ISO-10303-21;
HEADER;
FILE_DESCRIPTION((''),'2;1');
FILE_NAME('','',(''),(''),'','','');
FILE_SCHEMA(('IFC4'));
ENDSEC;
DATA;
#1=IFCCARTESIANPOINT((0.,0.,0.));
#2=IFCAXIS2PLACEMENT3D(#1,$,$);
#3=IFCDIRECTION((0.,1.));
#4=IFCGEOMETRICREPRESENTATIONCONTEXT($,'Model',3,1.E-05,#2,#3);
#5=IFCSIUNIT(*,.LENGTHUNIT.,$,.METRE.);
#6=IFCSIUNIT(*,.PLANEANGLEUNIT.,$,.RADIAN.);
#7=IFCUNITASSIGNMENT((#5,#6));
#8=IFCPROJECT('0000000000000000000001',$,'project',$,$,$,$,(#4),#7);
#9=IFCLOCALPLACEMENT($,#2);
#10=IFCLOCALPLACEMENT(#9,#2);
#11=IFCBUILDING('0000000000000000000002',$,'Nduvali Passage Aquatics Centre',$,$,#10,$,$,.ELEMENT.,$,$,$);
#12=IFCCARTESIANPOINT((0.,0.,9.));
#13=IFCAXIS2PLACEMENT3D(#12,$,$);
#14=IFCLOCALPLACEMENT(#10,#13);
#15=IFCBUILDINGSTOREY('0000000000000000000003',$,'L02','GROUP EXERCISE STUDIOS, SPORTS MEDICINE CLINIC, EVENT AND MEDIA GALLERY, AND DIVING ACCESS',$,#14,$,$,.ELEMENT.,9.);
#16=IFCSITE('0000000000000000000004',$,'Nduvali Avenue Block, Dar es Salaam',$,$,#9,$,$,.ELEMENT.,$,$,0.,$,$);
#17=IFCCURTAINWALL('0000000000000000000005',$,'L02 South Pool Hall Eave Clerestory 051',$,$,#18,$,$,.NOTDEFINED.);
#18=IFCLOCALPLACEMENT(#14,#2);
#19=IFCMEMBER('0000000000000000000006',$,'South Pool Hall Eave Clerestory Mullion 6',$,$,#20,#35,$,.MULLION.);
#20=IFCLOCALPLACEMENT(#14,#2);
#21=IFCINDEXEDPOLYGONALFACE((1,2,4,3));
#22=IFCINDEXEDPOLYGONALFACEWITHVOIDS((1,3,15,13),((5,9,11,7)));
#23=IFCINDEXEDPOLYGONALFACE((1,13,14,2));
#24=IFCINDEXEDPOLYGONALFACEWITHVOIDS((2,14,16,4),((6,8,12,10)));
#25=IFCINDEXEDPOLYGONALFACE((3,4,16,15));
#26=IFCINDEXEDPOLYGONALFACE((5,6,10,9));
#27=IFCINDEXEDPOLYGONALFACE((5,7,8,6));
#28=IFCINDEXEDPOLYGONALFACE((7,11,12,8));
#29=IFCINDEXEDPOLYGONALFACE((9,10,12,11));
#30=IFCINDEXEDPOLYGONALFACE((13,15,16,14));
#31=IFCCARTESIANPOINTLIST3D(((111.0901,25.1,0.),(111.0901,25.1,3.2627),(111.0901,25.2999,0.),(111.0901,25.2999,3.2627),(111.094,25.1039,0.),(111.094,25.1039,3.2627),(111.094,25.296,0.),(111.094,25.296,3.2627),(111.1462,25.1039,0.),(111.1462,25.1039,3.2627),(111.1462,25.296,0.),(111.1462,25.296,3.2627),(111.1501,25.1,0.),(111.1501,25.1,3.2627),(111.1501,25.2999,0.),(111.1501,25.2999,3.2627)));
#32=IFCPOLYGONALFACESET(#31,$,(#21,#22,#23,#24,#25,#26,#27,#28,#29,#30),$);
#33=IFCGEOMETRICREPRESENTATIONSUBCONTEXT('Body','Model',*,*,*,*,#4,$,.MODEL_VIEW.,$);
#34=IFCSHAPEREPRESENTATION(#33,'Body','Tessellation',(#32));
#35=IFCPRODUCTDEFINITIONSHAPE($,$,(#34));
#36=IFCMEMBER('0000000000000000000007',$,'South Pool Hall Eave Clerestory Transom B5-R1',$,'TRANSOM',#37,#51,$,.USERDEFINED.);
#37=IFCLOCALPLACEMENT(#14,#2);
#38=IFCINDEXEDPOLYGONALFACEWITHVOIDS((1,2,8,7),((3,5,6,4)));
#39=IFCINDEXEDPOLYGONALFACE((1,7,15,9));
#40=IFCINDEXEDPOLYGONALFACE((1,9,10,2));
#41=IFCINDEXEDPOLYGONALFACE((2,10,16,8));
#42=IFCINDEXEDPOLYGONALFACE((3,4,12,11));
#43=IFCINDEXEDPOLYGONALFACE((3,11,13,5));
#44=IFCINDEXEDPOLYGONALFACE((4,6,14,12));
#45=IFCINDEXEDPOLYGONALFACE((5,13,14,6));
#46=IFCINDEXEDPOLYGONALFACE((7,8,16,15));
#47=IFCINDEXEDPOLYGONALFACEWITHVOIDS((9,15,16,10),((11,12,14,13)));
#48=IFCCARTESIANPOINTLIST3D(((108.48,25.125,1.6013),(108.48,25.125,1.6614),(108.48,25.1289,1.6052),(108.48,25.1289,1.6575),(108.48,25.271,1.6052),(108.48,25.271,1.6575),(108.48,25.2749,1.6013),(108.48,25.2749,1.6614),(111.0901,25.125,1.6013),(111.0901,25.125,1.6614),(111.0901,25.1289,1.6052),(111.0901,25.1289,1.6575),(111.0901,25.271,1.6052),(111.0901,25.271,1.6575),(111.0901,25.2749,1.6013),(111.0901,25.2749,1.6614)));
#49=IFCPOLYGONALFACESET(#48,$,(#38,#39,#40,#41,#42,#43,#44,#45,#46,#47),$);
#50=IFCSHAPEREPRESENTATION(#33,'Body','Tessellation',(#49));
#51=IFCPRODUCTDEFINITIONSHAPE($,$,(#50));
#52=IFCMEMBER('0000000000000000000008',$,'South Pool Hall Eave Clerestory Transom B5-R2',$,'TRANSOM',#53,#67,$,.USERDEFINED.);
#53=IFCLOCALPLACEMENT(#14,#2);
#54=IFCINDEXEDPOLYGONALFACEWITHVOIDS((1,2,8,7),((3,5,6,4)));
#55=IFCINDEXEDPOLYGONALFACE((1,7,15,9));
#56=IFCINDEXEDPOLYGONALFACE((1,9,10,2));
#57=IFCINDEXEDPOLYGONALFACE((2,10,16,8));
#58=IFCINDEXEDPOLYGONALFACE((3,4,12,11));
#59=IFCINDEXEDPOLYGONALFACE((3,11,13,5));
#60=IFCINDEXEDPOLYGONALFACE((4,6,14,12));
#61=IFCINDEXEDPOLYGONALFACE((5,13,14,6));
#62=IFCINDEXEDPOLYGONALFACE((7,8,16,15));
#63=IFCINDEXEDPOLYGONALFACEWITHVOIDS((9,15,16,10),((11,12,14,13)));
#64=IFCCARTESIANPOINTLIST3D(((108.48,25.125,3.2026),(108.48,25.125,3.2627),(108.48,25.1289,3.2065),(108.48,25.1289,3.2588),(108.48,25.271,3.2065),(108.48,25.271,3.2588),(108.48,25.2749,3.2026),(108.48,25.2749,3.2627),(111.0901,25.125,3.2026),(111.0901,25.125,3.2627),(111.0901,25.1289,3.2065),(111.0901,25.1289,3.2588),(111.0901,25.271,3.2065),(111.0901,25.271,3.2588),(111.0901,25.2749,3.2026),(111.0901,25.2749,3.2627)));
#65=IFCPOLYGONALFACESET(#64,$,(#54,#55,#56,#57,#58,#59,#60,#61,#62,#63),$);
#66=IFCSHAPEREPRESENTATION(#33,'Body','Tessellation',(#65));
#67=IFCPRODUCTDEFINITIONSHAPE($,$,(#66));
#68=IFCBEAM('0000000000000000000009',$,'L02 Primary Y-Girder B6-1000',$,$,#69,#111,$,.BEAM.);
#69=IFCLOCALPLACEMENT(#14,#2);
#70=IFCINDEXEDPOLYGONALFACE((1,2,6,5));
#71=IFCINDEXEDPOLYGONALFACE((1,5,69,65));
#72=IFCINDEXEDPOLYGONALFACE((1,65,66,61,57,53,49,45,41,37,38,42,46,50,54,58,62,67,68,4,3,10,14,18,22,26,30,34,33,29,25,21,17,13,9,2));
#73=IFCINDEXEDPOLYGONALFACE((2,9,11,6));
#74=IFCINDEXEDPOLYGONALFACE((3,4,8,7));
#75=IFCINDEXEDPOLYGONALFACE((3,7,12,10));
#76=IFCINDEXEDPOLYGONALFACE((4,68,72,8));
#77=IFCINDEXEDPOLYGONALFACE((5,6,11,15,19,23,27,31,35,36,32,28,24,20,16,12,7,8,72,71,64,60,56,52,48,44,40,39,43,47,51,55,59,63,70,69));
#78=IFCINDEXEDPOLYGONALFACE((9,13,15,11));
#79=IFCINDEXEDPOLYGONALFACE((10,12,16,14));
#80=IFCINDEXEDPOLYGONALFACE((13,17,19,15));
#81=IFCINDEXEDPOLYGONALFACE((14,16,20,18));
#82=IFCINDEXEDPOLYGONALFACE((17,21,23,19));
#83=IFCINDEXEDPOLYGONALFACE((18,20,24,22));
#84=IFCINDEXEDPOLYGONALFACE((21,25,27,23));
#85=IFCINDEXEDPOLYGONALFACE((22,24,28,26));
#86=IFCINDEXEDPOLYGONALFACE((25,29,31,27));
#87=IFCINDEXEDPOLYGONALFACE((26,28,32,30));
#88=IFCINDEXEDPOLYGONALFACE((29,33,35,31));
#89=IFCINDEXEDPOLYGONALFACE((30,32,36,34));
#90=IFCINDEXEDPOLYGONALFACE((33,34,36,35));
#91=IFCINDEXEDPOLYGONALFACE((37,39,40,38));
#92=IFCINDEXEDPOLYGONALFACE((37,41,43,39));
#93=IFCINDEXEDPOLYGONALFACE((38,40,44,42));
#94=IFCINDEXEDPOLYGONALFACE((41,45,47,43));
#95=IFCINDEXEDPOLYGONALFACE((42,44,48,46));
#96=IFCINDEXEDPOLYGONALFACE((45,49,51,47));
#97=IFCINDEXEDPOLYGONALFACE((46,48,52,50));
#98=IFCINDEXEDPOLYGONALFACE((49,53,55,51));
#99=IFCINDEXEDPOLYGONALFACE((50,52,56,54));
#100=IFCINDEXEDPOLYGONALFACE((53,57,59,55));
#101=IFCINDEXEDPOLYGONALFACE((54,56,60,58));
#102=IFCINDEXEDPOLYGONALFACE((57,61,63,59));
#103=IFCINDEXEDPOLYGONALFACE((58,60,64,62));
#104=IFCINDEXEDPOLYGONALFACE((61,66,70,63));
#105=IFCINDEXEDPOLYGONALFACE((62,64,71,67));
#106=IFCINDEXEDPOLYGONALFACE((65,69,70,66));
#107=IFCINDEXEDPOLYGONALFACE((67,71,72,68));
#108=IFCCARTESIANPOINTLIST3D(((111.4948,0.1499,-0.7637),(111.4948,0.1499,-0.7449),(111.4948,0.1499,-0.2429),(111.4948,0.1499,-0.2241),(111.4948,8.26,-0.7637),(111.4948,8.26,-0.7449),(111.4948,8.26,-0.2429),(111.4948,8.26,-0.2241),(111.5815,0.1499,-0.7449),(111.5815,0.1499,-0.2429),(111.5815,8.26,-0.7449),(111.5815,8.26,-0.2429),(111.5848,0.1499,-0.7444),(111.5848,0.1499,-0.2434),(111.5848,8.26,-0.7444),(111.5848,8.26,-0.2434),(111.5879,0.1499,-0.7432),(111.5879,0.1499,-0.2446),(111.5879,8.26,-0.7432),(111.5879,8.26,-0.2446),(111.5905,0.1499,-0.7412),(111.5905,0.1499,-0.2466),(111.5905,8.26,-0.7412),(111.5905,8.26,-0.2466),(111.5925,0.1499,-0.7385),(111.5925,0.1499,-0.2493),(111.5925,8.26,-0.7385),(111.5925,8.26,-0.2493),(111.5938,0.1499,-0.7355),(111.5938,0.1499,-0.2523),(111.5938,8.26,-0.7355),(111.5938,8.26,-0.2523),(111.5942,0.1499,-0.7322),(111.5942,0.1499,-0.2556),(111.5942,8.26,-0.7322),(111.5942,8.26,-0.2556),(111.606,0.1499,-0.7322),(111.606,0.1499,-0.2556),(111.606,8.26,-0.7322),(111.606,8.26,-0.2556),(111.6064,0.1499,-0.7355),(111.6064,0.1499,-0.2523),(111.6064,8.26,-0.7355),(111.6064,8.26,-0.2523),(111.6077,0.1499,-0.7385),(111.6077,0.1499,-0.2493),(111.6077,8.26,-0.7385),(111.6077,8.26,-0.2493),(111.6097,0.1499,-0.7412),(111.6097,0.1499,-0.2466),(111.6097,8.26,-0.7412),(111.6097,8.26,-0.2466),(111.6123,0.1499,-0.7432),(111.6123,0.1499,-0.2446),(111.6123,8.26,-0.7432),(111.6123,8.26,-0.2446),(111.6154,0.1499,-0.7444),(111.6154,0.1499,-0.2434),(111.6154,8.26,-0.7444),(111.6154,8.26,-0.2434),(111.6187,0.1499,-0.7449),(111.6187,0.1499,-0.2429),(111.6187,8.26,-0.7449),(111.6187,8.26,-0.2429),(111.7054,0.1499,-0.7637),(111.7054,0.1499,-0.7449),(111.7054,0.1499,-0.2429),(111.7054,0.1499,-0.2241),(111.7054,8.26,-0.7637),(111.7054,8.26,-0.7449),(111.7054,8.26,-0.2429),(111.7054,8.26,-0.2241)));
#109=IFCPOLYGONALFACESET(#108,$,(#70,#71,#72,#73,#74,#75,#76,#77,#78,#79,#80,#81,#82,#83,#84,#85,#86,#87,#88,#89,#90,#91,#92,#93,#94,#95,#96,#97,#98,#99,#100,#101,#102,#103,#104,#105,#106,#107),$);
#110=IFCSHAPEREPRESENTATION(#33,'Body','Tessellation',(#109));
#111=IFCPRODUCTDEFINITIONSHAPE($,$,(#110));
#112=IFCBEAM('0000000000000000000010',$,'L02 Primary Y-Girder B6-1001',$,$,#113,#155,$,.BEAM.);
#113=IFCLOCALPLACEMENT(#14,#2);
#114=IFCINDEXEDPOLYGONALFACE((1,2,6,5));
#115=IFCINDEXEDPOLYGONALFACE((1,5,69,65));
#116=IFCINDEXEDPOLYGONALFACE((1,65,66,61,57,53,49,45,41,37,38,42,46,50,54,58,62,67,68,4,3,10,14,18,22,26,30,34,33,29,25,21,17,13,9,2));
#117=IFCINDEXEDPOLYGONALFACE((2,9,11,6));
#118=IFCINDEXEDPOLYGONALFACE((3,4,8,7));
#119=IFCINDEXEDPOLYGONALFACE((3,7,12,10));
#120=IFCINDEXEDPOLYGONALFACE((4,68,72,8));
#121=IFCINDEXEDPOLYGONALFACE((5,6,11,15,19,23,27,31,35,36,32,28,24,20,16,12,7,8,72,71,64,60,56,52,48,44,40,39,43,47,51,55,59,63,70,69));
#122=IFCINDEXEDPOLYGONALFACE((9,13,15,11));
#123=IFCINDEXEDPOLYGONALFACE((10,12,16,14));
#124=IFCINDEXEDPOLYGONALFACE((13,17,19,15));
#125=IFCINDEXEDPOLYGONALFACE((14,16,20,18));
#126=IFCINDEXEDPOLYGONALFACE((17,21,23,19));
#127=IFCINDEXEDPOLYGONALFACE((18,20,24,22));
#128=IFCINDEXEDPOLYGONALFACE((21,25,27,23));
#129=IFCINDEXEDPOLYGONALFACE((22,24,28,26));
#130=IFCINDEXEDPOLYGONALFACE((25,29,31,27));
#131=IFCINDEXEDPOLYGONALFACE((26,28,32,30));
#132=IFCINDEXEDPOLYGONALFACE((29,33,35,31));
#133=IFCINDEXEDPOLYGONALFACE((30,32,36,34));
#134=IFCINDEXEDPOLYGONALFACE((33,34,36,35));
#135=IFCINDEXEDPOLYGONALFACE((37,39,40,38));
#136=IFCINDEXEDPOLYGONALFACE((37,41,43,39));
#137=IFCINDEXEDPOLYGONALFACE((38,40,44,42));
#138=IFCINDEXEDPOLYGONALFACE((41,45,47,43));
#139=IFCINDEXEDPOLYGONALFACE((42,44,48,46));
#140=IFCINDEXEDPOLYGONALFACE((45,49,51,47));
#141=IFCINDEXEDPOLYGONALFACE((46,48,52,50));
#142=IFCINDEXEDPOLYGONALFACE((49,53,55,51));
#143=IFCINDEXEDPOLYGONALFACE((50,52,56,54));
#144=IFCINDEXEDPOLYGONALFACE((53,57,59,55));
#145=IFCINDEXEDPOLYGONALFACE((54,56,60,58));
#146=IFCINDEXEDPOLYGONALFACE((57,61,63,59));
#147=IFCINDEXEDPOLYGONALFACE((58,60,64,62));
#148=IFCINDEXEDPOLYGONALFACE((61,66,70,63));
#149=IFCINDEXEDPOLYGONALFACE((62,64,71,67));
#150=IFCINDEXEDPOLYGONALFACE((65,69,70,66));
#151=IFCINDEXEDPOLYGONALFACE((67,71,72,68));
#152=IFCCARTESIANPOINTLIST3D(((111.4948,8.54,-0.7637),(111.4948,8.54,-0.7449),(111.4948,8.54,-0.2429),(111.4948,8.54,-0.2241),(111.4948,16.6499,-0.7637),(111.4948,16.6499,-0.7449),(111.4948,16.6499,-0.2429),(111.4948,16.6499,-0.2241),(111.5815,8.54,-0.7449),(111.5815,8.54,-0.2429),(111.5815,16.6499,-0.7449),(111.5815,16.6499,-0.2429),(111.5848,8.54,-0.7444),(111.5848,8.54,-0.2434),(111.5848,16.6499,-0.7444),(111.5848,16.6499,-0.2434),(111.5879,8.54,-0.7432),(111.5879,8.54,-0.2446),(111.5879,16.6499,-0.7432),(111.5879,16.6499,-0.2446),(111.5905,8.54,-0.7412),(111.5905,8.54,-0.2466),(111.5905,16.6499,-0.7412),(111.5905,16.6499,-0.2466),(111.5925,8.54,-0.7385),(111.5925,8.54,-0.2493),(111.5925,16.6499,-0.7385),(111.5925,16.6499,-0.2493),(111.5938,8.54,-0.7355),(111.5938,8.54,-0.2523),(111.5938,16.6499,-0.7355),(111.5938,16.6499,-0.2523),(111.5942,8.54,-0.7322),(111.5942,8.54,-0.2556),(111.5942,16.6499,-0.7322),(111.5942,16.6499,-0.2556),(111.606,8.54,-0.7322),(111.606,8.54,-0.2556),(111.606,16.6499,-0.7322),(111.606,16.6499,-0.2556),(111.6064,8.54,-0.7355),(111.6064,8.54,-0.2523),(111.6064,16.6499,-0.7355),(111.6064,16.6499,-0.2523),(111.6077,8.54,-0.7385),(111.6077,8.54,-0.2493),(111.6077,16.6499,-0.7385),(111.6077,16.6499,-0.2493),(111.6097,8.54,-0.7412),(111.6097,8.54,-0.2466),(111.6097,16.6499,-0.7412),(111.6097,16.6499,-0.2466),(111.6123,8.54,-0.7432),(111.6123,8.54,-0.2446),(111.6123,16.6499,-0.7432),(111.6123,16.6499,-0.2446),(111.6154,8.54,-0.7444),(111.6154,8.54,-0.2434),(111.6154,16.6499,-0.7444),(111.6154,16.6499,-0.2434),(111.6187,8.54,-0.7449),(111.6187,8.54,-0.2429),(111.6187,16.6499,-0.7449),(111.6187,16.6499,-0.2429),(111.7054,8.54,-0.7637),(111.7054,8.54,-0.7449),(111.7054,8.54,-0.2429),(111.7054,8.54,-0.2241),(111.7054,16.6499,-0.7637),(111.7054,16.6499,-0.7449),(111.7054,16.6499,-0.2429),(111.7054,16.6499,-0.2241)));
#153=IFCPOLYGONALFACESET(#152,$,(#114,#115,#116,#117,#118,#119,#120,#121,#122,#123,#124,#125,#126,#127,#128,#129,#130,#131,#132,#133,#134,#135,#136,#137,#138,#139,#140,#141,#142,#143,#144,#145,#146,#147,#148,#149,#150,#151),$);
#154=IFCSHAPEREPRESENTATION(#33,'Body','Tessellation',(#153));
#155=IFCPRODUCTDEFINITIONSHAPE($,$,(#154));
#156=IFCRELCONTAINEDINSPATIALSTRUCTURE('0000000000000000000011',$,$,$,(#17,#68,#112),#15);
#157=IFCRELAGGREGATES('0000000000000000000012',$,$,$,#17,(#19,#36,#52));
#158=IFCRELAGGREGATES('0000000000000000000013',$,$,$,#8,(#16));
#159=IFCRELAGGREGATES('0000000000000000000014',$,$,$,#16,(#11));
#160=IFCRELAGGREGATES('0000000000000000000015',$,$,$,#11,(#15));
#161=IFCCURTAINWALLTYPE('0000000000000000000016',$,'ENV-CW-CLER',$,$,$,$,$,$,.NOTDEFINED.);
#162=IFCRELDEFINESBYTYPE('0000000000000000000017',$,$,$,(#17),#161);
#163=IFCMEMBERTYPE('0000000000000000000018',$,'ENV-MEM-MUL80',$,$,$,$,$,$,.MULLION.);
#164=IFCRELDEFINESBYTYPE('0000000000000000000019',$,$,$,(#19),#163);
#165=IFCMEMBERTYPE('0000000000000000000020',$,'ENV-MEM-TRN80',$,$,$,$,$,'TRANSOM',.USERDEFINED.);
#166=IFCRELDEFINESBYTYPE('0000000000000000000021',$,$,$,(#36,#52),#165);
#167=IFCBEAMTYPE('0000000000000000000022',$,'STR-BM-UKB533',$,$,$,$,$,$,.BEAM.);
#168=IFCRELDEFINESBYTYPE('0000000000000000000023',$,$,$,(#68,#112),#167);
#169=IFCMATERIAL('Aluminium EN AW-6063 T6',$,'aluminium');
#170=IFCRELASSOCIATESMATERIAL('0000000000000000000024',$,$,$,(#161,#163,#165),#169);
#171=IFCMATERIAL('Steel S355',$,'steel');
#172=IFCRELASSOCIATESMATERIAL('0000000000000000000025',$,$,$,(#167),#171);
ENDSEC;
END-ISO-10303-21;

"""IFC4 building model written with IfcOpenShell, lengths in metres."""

from ifc_helpers import new_model, si_unit, direction, frame, origin, origin_2d, place, context, subcontext, project, spatial, hollow_rectangle, i_section, extrude, material, material_profile, profile_set, type_object, element, aggregate, save


model = new_model("IFC4")

# Units and contexts
model_context = context("Model", 3, precision=1e-05, world=origin(), true_north=direction((0.0, 1.0)))
body_context = subcontext(model_context, "Body", "Model", "MODEL_VIEW")
ifc_project = project(units=[si_unit("LENGTHUNIT", "METRE"), si_unit("PLANEANGLEUNIT", "RADIAN")], contexts=[model_context])

# Site, building, storey
site_placement = place(None, origin())
site = spatial("IfcSite", under=ifc_project, at=site_placement, Name="Nduvali Avenue Block, Dar es Salaam", CompositionType="ELEMENT", RefElevation=0.0)
building_placement = place(site_placement, origin())
building = spatial("IfcBuilding", under=site, at=building_placement, Name="Nduvali Passage Aquatics Centre", CompositionType="ELEMENT")
storey_placement = place(building_placement, frame((0.0, 0.0, 9.0)))
storey = spatial("IfcBuildingStorey", under=building, at=storey_placement, Name="L02", Description="GROUP EXERCISE STUDIOS, SPORTS MEDICINE CLINIC, EVENT AND MEDIA GALLERY, AND DIVING ACCESS", CompositionType="ELEMENT", Elevation=9.0)

# Curtain wall, members
ifc_material_1 = material(Name="Aluminium EN AW-6063 T6", Category="aluminium")
curtain_wall_type = type_object("IfcCurtainWallType", Name="ENV-CW-CLER", PredefinedType="NOTDEFINED", material=ifc_material_1)
curtain_wall_placement = place(storey_placement, origin())
curtain_wall = element("IfcCurtainWall", 1, at=curtain_wall_placement, inside=storey, type_object=curtain_wall_type, Name="L02 South Pool Hall Eave Clerestory 051", PredefinedType="NOTDEFINED")
ifc_material_profile_1 = material_profile(ifc_material_1, hollow_rectangle(XDim=0.0601, YDim=0.2, WallThickness=0.0039, at=origin_2d()), Name="ALU MULLION 60x200x4")
ifc_profile_set_1 = profile_set([ifc_material_profile_1], Name="Aluminium EN AW-6063 T6")
member_type_1 = type_object("IfcMemberType", Name="ENV-MEM-MUL80", PredefinedType="MULLION", material=ifc_profile_set_1)
member_1_placement = place(storey_placement, frame((111.1201, 25.2, 0.0), z_axis=(0.0, 0.0, 1.0), x_axis=(1.0, 0.0, 0.0)))
member_1 = element("IfcMember", 2, at=member_1_placement, type_object=member_type_1, Name="South Pool Hall Eave Clerestory Mullion 6", PredefinedType="MULLION", context=body_context, shape_type="SweptSolid", body=[
    extrude(hollow_rectangle(XDim=0.0601, YDim=0.2, WallThickness=0.0039, at=origin_2d()), origin(), (0.0, 0.0, 1.0), 3.2627),
])
ifc_material_profile_2 = material_profile(ifc_material_1, hollow_rectangle(XDim=0.1499, YDim=0.0601, WallThickness=0.0039, at=origin_2d()), Name="ALU TRANSOM 150x60x4")
ifc_profile_set_2 = profile_set([ifc_material_profile_2], Name="Aluminium EN AW-6063 T6")
member_type_2 = type_object("IfcMemberType", Name="ENV-MEM-TRN80", ElementType="TRANSOM", PredefinedType="USERDEFINED", material=ifc_profile_set_2)
member_2_placement = place(storey_placement, frame((108.48, 25.2, 1.6313), z_axis=(1.0, 0.0, 0.0), x_axis=(0.0, 1.0, 0.0)))
member_2 = element("IfcMember", 3, at=member_2_placement, type_object=member_type_2, Name="South Pool Hall Eave Clerestory Transom B5-R1", ObjectType="TRANSOM", PredefinedType="USERDEFINED", context=body_context, shape_type="SweptSolid", body=[
    extrude(hollow_rectangle(XDim=0.1499, YDim=0.0601, WallThickness=0.0039, at=origin_2d()), origin(), (0.0, 0.0, 1.0), 2.6101),
])
member_3_placement = place(storey_placement, frame((108.48, 25.2, 3.2327), z_axis=(1.0, 0.0, 0.0), x_axis=(0.0, 1.0, 0.0)))
member_3 = element("IfcMember", 4, at=member_3_placement, type_object=member_type_2, Name="South Pool Hall Eave Clerestory Transom B5-R2", ObjectType="TRANSOM", PredefinedType="USERDEFINED", context=body_context, shape_type="SweptSolid", body=[
    extrude(hollow_rectangle(XDim=0.1499, YDim=0.0601, WallThickness=0.0039, at=origin_2d()), origin(), (0.0, 0.0, 1.0), 2.6101),
])

# Beams
ifc_material_2 = material(Name="Steel S355", Category="steel")
ifc_material_profile_3 = material_profile(ifc_material_2, i_section(OverallWidth=0.2107, OverallDepth=0.5396, WebThickness=0.0117, FlangeThickness=0.0188, FilletRadius=0.0127, at=origin_2d()), Name="UKB 533x210x109")
ifc_profile_set_3 = profile_set([ifc_material_profile_3], Name="Steel S355")
beam_type_1 = type_object("IfcBeamType", Name="STR-BM-UKB533", PredefinedType="BEAM", material=ifc_profile_set_3)
beam_1_placement = place(storey_placement, frame((111.6001, 0.1499, -0.4939), z_axis=(0.0, 1.0, 0.0), x_axis=(-1.0, 0.0, 0.0)))
element("IfcBeam", 5, at=beam_1_placement, inside=storey, type_object=beam_type_1, Name="L02 Primary Y-Girder B6-1000", PredefinedType="BEAM", context=body_context, shape_type="SweptSolid", body=[
    extrude(i_section(OverallWidth=0.2107, OverallDepth=0.5396, WebThickness=0.0117, FlangeThickness=0.0188, FilletRadius=0.0127, at=origin_2d()), origin(), (0.0, 0.0, 1.0), 8.1101),
])
beam_2_placement = place(storey_placement, frame((111.6001, 8.54, -0.4939), z_axis=(0.0, 1.0, 0.0), x_axis=(-1.0, 0.0, 0.0)))
element("IfcBeam", 6, at=beam_2_placement, inside=storey, type_object=beam_type_1, Name="L02 Primary Y-Girder B6-1001", PredefinedType="BEAM", context=body_context, shape_type="SweptSolid", body=[
    extrude(i_section(OverallWidth=0.2107, OverallDepth=0.5396, WebThickness=0.0117, FlangeThickness=0.0188, FilletRadius=0.0127, at=origin_2d()), origin(), (0.0, 0.0, 1.0), 8.1099),
])

aggregate(curtain_wall, [member_1, member_2, member_3])

save(model, "model.ifc")
